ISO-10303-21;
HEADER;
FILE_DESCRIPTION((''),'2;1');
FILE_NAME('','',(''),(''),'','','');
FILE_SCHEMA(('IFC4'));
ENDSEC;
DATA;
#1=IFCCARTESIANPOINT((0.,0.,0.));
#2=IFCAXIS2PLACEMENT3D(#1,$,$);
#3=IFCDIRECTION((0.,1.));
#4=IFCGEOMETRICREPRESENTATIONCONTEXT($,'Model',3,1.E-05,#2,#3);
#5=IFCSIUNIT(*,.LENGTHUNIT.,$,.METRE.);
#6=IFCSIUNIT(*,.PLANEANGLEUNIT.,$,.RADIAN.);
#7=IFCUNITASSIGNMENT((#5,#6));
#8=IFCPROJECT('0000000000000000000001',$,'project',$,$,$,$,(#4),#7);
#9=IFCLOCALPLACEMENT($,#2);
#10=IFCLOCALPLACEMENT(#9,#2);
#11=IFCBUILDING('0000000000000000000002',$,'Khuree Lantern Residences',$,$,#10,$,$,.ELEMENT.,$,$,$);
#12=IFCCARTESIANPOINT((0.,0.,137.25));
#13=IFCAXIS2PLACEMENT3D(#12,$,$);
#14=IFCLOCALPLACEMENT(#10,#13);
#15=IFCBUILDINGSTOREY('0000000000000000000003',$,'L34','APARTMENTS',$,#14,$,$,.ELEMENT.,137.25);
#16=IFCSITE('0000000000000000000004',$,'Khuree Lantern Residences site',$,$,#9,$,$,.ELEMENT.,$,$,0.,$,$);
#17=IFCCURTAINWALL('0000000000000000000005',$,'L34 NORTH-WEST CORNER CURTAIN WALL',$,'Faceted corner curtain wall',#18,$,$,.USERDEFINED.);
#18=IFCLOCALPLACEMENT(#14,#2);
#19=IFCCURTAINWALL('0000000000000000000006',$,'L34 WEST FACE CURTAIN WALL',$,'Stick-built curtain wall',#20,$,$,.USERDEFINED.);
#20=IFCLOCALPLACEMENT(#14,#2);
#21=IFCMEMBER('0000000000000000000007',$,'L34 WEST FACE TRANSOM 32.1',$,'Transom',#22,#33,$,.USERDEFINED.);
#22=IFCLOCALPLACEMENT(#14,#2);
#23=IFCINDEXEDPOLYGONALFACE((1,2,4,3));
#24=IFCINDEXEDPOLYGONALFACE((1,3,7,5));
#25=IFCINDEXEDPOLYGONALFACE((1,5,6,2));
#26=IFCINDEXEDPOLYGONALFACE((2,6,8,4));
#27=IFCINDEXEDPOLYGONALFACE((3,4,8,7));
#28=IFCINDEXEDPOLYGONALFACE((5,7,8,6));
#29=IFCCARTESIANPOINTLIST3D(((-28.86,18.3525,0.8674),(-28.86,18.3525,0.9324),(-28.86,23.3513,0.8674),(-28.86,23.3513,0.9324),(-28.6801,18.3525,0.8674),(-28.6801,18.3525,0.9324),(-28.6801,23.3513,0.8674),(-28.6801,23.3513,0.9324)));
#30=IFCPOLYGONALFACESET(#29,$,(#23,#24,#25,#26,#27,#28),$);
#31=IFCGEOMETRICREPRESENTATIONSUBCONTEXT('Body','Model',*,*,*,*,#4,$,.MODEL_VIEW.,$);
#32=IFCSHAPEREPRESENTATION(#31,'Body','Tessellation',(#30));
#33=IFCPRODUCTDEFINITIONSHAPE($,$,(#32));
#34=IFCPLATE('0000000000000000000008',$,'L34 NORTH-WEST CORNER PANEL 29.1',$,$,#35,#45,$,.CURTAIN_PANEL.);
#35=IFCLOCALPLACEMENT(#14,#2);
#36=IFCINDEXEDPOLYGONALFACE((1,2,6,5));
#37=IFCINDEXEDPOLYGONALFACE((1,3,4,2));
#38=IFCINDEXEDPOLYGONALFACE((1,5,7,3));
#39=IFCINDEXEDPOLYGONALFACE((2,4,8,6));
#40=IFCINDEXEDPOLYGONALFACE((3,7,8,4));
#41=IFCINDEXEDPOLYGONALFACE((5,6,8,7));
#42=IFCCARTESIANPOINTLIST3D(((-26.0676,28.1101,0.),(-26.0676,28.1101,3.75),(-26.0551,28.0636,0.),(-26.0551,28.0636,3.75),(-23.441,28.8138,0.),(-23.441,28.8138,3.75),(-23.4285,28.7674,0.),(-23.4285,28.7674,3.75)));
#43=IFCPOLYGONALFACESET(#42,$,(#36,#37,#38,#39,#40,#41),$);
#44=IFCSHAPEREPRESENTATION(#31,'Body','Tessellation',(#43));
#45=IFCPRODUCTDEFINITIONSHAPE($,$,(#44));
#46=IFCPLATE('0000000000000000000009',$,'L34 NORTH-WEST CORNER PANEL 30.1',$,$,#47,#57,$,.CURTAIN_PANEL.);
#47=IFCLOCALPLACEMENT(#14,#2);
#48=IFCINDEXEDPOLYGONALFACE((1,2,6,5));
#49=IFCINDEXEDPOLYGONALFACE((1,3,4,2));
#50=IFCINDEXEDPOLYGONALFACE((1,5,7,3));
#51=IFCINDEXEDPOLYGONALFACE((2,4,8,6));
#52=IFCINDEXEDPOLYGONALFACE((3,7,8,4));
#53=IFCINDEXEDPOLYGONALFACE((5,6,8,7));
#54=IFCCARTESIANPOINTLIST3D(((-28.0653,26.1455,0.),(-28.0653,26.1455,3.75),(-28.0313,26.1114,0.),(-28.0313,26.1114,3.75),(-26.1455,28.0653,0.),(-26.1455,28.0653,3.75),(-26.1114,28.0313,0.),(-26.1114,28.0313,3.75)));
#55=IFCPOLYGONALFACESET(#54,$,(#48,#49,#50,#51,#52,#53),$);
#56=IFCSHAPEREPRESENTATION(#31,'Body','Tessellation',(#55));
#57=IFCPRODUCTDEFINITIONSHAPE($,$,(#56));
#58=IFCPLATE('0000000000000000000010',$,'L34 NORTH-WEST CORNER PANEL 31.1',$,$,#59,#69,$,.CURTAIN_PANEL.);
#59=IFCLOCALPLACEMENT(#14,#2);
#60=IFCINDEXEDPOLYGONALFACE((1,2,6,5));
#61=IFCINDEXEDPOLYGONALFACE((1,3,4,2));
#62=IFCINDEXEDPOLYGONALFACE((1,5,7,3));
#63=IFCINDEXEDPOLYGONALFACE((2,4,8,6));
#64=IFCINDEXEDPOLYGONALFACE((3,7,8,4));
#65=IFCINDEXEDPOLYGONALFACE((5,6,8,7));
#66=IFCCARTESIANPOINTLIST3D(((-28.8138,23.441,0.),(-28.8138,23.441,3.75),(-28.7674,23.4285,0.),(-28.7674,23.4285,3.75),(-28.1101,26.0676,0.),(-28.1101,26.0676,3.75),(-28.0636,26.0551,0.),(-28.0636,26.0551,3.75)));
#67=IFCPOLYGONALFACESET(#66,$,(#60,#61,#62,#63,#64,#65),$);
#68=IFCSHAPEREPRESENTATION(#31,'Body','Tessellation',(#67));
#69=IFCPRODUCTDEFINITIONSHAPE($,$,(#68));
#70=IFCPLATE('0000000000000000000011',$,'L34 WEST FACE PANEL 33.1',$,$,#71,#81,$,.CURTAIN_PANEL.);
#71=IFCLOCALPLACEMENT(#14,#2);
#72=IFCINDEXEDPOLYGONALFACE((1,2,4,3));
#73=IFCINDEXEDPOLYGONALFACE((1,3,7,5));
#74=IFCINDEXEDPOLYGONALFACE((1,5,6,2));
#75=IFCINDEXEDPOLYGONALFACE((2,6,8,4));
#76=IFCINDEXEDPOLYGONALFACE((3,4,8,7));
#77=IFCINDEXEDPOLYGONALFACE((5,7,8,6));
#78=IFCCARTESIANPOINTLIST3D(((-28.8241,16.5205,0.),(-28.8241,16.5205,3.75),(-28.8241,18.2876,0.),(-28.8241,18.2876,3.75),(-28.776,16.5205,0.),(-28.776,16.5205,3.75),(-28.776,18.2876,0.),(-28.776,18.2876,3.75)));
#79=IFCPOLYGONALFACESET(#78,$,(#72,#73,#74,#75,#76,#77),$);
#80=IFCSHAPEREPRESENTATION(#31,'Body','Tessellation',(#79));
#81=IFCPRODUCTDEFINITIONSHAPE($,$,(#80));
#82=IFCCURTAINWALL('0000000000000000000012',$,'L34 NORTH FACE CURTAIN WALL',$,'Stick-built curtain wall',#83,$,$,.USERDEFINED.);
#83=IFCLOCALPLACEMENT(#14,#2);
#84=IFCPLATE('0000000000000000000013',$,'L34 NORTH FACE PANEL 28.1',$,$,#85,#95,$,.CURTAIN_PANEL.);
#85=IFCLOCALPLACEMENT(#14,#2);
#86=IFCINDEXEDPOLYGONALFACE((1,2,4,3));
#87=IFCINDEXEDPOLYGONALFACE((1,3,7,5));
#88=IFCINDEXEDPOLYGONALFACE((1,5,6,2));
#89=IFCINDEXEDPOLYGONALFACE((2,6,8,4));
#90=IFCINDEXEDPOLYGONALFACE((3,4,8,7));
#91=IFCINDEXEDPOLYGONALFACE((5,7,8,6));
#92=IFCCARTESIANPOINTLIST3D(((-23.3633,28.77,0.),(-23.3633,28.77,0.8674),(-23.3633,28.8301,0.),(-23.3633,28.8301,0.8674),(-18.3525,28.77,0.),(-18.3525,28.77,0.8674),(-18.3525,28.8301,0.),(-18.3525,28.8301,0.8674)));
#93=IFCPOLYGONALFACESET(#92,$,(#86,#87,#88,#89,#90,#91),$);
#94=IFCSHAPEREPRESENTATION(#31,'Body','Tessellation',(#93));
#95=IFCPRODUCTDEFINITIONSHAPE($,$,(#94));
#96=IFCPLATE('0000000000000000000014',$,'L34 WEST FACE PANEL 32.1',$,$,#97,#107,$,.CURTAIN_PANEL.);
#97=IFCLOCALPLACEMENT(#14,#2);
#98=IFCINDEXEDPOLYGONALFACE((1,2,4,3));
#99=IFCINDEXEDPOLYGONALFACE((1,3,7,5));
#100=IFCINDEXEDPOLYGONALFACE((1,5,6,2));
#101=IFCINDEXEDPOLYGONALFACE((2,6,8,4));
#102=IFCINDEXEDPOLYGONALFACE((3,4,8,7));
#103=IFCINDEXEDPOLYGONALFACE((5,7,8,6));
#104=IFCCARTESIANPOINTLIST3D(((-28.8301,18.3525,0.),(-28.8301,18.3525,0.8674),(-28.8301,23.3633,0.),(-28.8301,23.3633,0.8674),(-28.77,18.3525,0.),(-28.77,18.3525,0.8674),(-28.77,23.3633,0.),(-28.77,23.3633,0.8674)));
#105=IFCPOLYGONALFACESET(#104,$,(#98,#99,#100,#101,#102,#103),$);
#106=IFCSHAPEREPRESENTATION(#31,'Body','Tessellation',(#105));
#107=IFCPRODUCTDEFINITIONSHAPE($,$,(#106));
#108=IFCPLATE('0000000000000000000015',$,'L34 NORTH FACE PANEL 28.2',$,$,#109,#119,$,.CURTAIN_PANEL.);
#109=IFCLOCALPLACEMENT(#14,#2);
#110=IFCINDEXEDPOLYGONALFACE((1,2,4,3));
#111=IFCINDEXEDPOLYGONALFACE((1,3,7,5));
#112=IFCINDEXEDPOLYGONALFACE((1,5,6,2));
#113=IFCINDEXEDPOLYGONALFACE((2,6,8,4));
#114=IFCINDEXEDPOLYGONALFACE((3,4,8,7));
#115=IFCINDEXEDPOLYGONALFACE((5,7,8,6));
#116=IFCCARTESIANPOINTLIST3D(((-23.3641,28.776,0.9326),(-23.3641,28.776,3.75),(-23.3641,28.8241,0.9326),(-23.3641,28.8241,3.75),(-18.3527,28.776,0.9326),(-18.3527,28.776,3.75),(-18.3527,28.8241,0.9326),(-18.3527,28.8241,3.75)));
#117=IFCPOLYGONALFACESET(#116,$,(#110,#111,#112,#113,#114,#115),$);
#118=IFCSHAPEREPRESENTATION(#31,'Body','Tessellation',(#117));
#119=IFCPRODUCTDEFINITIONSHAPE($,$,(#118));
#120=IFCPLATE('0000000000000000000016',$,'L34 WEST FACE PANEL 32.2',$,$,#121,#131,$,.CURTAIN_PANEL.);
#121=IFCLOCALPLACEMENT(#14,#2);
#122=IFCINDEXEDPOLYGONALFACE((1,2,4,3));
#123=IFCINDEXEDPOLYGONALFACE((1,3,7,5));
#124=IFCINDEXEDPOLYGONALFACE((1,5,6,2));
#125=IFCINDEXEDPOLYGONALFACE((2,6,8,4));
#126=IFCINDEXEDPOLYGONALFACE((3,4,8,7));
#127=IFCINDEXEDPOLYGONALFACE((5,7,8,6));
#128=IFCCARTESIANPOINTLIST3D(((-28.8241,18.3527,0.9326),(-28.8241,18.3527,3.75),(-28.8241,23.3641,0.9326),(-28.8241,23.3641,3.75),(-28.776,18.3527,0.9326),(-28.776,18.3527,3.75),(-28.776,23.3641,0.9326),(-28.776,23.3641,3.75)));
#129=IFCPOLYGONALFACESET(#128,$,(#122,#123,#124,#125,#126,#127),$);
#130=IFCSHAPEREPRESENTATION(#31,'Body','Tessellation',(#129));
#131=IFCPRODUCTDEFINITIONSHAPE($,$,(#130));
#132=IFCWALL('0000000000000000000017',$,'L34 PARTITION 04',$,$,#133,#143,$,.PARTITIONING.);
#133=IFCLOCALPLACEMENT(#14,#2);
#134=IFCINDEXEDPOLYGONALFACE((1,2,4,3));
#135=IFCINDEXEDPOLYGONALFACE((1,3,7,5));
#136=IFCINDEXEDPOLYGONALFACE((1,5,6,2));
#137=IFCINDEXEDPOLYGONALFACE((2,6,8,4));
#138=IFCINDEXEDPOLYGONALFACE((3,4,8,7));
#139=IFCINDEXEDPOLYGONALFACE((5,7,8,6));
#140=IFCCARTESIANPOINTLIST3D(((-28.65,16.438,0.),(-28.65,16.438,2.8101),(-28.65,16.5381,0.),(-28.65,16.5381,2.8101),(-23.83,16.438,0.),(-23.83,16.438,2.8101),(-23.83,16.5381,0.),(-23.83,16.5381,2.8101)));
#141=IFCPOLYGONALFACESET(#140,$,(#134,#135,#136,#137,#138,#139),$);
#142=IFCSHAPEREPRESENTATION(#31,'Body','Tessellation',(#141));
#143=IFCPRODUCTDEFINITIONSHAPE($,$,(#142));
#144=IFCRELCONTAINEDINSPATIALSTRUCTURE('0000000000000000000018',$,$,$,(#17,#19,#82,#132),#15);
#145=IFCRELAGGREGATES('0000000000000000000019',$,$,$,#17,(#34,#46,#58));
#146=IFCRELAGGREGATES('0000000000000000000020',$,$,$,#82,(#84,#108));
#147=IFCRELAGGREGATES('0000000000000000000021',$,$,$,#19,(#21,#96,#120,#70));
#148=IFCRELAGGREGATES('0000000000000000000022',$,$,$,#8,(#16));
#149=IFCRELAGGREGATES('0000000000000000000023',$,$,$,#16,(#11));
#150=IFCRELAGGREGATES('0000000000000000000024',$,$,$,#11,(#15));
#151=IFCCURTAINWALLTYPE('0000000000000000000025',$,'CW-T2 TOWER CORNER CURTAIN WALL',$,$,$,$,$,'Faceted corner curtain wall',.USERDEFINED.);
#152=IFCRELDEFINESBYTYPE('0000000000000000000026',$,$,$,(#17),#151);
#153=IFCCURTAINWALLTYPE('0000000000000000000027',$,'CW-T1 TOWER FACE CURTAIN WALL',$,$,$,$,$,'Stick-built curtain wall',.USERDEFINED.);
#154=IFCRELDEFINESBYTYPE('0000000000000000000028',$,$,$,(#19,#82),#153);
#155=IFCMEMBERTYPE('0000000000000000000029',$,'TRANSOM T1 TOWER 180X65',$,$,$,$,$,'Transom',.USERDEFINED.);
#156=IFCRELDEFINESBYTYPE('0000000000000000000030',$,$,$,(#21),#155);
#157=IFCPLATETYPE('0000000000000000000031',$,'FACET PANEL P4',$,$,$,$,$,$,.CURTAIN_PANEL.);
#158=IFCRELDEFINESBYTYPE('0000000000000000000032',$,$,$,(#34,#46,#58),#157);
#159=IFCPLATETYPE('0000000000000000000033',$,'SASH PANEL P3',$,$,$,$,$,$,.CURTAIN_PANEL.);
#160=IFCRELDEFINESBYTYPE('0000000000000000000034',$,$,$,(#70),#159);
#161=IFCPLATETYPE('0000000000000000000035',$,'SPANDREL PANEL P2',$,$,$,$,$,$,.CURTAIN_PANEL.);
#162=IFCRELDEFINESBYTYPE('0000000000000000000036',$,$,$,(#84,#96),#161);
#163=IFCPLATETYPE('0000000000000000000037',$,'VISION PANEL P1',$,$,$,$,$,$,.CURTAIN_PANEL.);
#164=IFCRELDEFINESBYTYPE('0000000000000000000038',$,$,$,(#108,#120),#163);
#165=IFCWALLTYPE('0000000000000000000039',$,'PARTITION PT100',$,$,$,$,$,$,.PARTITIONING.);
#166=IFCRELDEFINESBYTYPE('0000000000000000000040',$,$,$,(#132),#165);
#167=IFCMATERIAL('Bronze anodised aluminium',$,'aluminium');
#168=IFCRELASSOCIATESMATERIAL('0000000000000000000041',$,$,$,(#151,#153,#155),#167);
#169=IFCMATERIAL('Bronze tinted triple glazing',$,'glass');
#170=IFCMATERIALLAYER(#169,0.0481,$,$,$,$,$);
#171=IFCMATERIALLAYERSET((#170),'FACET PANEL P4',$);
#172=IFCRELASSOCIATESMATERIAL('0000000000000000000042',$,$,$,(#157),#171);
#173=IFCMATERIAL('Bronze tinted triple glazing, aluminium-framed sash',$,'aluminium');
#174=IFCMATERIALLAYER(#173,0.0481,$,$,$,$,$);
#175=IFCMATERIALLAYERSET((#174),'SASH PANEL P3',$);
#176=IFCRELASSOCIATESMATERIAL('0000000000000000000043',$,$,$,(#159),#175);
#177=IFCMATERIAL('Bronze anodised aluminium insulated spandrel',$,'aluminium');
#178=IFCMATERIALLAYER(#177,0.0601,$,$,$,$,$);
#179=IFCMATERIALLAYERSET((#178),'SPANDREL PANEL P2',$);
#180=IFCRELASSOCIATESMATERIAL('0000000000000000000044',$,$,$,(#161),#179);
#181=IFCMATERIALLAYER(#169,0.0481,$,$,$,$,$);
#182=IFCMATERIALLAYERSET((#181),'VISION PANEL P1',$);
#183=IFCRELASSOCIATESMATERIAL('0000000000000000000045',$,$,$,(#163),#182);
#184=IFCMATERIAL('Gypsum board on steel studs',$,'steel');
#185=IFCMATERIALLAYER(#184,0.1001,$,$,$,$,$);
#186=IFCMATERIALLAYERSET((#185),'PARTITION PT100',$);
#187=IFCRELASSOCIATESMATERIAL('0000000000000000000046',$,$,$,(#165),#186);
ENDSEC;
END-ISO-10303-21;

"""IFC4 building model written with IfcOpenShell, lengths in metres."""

from ifc_helpers import new_model, si_unit, direction, frame, frame_2d, origin, origin_2d, place, context, subcontext, project, spatial, rectangle, extrude, material, layer, layer_set, material_profile, profile_set, type_object, element, aggregate, save


model = new_model("IFC4")

# Units and contexts
model_context = context("Model", 3, precision=1e-05, world=origin(), true_north=direction((0.0, 1.0)))
body_context = subcontext(model_context, "Body", "Model", "MODEL_VIEW")
ifc_project = project(units=[si_unit("LENGTHUNIT", "METRE"), si_unit("PLANEANGLEUNIT", "RADIAN")], contexts=[model_context])

# Site, building, storey
site_placement = place(None, origin())
site = spatial("IfcSite", under=ifc_project, at=site_placement, Name="Khuree Lantern Residences site", CompositionType="ELEMENT", RefElevation=0.0)
building_placement = place(site_placement, origin())
building = spatial("IfcBuilding", under=site, at=building_placement, Name="Khuree Lantern Residences", CompositionType="ELEMENT")
storey_placement = place(building_placement, frame((0.0, 0.0, 137.25)))
storey = spatial("IfcBuildingStorey", under=building, at=storey_placement, Name="L34", Description="APARTMENTS", CompositionType="ELEMENT", Elevation=137.25)

# Curtain walls
ifc_material_1 = material(Name="Bronze anodised aluminium", Category="aluminium")
curtain_wall_type_1 = type_object("IfcCurtainWallType", Name="CW-T2 TOWER CORNER CURTAIN WALL", ElementType="Faceted corner curtain wall", PredefinedType="USERDEFINED", material=ifc_material_1)
curtain_wall_1_placement = place(storey_placement, origin())
curtain_wall_1 = element("IfcCurtainWall", 1, at=curtain_wall_1_placement, inside=storey, type_object=curtain_wall_type_1, Name="L34 NORTH-WEST CORNER CURTAIN WALL", ObjectType="Faceted corner curtain wall", PredefinedType="USERDEFINED")
curtain_wall_type_2 = type_object("IfcCurtainWallType", Name="CW-T1 TOWER FACE CURTAIN WALL", ElementType="Stick-built curtain wall", PredefinedType="USERDEFINED", material=ifc_material_1)
curtain_wall_2_placement = place(storey_placement, origin())
curtain_wall_2 = element("IfcCurtainWall", 2, at=curtain_wall_2_placement, inside=storey, type_object=curtain_wall_type_2, Name="L34 WEST FACE CURTAIN WALL", ObjectType="Stick-built curtain wall", PredefinedType="USERDEFINED")

# Member
ifc_material_profile_1 = material_profile(ifc_material_1, rectangle(XDim=0.1799, YDim=0.0649, at=origin_2d()), Name="T1 180X65")
ifc_profile_set_1 = profile_set([ifc_material_profile_1], Name="Bronze anodised aluminium")
member_type_1 = type_object("IfcMemberType", Name="TRANSOM T1 TOWER 180X65", ElementType="Transom", PredefinedType="USERDEFINED", material=ifc_profile_set_1)
member_1_placement = place(storey_placement, frame((-28.77, 23.3513, 0.8999), z_axis=(0.0, -1.0, 0.0), x_axis=(1.0, 0.0, 0.0)))
member_1 = element("IfcMember", 3, at=member_1_placement, type_object=member_type_1, Name="L34 WEST FACE TRANSOM 32.1", ObjectType="Transom", PredefinedType="USERDEFINED", context=body_context, shape_type="SweptSolid", body=[
    extrude(rectangle(XDim=0.1799, YDim=0.0649, at=origin_2d()), origin(), (0.0, 0.0, 1.0), 4.9988),
])

# Plates
ifc_material_2 = material(Name="Bronze tinted triple glazing", Category="glass")
ifc_layer_1 = layer(ifc_material_2, 0.0481)
ifc_layer_set_1 = layer_set([ifc_layer_1], Name="FACET PANEL P4")
plate_type_1 = type_object("IfcPlateType", Name="FACET PANEL P4", PredefinedType="CURTAIN_PANEL", material=ifc_layer_set_1)
plate_1_placement = place(storey_placement, frame((-24.748, 28.4387, 0.0), z_axis=(0.0, 0.0, 1.0), x_axis=(-0.965926, -0.258819, 0.0)))
plate_1 = element("IfcPlate", 4, at=plate_1_placement, type_object=plate_type_1, Name="L34 NORTH-WEST CORNER PANEL 29.1", PredefinedType="CURTAIN_PANEL", context=body_context, shape_type="SweptSolid", body=[
    extrude(rectangle(XDim=2.7192, YDim=0.0481, at=origin_2d()), origin(), (0.0, 0.0, 1.0), 3.75),
])
plate_2_placement = place(storey_placement, frame((-27.0884, 27.0884, 0.0), z_axis=(0.0, 0.0, 1.0), x_axis=(-0.707107, -0.707107, 0.0)))
plate_2 = element("IfcPlate", 5, at=plate_2_placement, type_object=plate_type_1, Name="L34 NORTH-WEST CORNER PANEL 30.1", PredefinedType="CURTAIN_PANEL", context=body_context, shape_type="SweptSolid", body=[
    extrude(rectangle(XDim=2.7151, YDim=0.0481, at=origin_2d()), origin(), (0.0, 0.0, 1.0), 3.75),
])
plate_3_placement = place(storey_placement, frame((-28.4387, 24.748, 0.0), z_axis=(0.0, 0.0, 1.0), x_axis=(-0.258819, -0.965926, 0.0)))
plate_3 = element("IfcPlate", 6, at=plate_3_placement, type_object=plate_type_1, Name="L34 NORTH-WEST CORNER PANEL 31.1", PredefinedType="CURTAIN_PANEL", context=body_context, shape_type="SweptSolid", body=[
    extrude(rectangle(XDim=2.7192, YDim=0.0481, at=origin_2d()), origin(), (0.0, 0.0, 1.0), 3.75),
])
aggregate(curtain_wall_1, [plate_1, plate_2, plate_3])
ifc_material_3 = material(Name="Bronze tinted triple glazing, aluminium-framed sash", Category="aluminium")
ifc_layer_2 = layer(ifc_material_3, 0.0481)
ifc_layer_set_2 = layer_set([ifc_layer_2], Name="SASH PANEL P3")
plate_type_2 = type_object("IfcPlateType", Name="SASH PANEL P3", PredefinedType="CURTAIN_PANEL", material=ifc_layer_set_2)
plate_4_placement = place(storey_placement, frame((-28.8, 17.4041, 0.0), z_axis=(0.0, 0.0, 1.0), x_axis=(0.0, -1.0, 0.0)))
plate_4 = element("IfcPlate", 7, at=plate_4_placement, type_object=plate_type_2, Name="L34 WEST FACE PANEL 33.1", PredefinedType="CURTAIN_PANEL", context=body_context, shape_type="SweptSolid", body=[
    extrude(rectangle(XDim=1.7671, YDim=0.0481, at=origin_2d()), origin(), (0.0, 0.0, 1.0), 3.75),
])

# Curtain wall, plate
curtain_wall_3_placement = place(storey_placement, origin())
curtain_wall_3 = element("IfcCurtainWall", 8, at=curtain_wall_3_placement, inside=storey, type_object=curtain_wall_type_2, Name="L34 NORTH FACE CURTAIN WALL", ObjectType="Stick-built curtain wall", PredefinedType="USERDEFINED")
ifc_material_4 = material(Name="Bronze anodised aluminium insulated spandrel", Category="aluminium")
ifc_layer_3 = layer(ifc_material_4, 0.0601)
ifc_layer_set_3 = layer_set([ifc_layer_3], Name="SPANDREL PANEL P2")
plate_type_3 = type_object("IfcPlateType", Name="SPANDREL PANEL P2", PredefinedType="CURTAIN_PANEL", material=ifc_layer_set_3)
plate_5_placement = place(storey_placement, frame((-20.8579, 28.8, 0.0), z_axis=(0.0, 0.0, 1.0), x_axis=(-1.0, 0.0, 0.0)))
plate_5 = element("IfcPlate", 9, at=plate_5_placement, type_object=plate_type_3, Name="L34 NORTH FACE PANEL 28.1", PredefinedType="CURTAIN_PANEL", context=body_context, shape_type="SweptSolid", body=[
    extrude(rectangle(XDim=5.0107, YDim=0.0601, at=origin_2d()), origin(), (0.0, 0.0, 1.0), 0.8674),
])

# Plates
plate_6_placement = place(storey_placement, frame((-28.8, 20.8579, 0.0), z_axis=(0.0, 0.0, 1.0), x_axis=(0.0, -1.0, 0.0)))
plate_6 = element("IfcPlate", 10, at=plate_6_placement, type_object=plate_type_3, Name="L34 WEST FACE PANEL 32.1", PredefinedType="CURTAIN_PANEL", context=body_context, shape_type="SweptSolid", body=[
    extrude(rectangle(XDim=5.0107, YDim=0.0601, at=origin_2d()), origin(), (0.0, 0.0, 1.0), 0.8674),
])
ifc_layer_4 = layer(ifc_material_2, 0.0481)
ifc_layer_set_4 = layer_set([ifc_layer_4], Name="VISION PANEL P1")
plate_type_4 = type_object("IfcPlateType", Name="VISION PANEL P1", PredefinedType="CURTAIN_PANEL", material=ifc_layer_set_4)
plate_7_placement = place(storey_placement, frame((-20.8584, 28.8, 0.9326), z_axis=(0.0, 0.0, 1.0), x_axis=(-1.0, 0.0, 0.0)))
plate_7 = element("IfcPlate", 11, at=plate_7_placement, type_object=plate_type_4, Name="L34 NORTH FACE PANEL 28.2", PredefinedType="CURTAIN_PANEL", context=body_context, shape_type="SweptSolid", body=[
    extrude(rectangle(XDim=5.0115, YDim=0.0481, at=origin_2d()), origin(), (0.0, 0.0, 1.0), 2.8174),
])
aggregate(curtain_wall_3, [plate_5, plate_7])
plate_8_placement = place(storey_placement, frame((-28.8, 20.8584, 0.9326), z_axis=(0.0, 0.0, 1.0), x_axis=(0.0, -1.0, 0.0)))
plate_8 = element("IfcPlate", 12, at=plate_8_placement, type_object=plate_type_4, Name="L34 WEST FACE PANEL 32.2", PredefinedType="CURTAIN_PANEL", context=body_context, shape_type="SweptSolid", body=[
    extrude(rectangle(XDim=5.0115, YDim=0.0481, at=origin_2d()), origin(), (0.0, 0.0, 1.0), 2.8174),
])
aggregate(curtain_wall_2, [member_1, plate_6, plate_8, plate_4])

# Wall
ifc_material_5 = material(Name="Gypsum board on steel studs", Category="steel")
ifc_layer_5 = layer(ifc_material_5, 0.1001)
ifc_layer_set_5 = layer_set([ifc_layer_5], Name="PARTITION PT100")
wall_type = type_object("IfcWallType", Name="PARTITION PT100", PredefinedType="PARTITIONING", material=ifc_layer_set_5)
wall_placement = place(storey_placement, frame((-23.8298, 16.488, 0.0), z_axis=(0.0, 0.0, 1.0), x_axis=(-1.0, 0.0, 0.0)))
element("IfcWall", 13, at=wall_placement, inside=storey, type_object=wall_type, Name="L34 PARTITION 04", PredefinedType="PARTITIONING", context=body_context, shape_type="SweptSolid", body=[
    extrude(rectangle(XDim=4.8201, YDim=0.1001, at=frame_2d((2.4102, 0.0))), origin(), (0.0, 0.0, 1.0), 2.8101),
])

save(model, "model.ifc")
